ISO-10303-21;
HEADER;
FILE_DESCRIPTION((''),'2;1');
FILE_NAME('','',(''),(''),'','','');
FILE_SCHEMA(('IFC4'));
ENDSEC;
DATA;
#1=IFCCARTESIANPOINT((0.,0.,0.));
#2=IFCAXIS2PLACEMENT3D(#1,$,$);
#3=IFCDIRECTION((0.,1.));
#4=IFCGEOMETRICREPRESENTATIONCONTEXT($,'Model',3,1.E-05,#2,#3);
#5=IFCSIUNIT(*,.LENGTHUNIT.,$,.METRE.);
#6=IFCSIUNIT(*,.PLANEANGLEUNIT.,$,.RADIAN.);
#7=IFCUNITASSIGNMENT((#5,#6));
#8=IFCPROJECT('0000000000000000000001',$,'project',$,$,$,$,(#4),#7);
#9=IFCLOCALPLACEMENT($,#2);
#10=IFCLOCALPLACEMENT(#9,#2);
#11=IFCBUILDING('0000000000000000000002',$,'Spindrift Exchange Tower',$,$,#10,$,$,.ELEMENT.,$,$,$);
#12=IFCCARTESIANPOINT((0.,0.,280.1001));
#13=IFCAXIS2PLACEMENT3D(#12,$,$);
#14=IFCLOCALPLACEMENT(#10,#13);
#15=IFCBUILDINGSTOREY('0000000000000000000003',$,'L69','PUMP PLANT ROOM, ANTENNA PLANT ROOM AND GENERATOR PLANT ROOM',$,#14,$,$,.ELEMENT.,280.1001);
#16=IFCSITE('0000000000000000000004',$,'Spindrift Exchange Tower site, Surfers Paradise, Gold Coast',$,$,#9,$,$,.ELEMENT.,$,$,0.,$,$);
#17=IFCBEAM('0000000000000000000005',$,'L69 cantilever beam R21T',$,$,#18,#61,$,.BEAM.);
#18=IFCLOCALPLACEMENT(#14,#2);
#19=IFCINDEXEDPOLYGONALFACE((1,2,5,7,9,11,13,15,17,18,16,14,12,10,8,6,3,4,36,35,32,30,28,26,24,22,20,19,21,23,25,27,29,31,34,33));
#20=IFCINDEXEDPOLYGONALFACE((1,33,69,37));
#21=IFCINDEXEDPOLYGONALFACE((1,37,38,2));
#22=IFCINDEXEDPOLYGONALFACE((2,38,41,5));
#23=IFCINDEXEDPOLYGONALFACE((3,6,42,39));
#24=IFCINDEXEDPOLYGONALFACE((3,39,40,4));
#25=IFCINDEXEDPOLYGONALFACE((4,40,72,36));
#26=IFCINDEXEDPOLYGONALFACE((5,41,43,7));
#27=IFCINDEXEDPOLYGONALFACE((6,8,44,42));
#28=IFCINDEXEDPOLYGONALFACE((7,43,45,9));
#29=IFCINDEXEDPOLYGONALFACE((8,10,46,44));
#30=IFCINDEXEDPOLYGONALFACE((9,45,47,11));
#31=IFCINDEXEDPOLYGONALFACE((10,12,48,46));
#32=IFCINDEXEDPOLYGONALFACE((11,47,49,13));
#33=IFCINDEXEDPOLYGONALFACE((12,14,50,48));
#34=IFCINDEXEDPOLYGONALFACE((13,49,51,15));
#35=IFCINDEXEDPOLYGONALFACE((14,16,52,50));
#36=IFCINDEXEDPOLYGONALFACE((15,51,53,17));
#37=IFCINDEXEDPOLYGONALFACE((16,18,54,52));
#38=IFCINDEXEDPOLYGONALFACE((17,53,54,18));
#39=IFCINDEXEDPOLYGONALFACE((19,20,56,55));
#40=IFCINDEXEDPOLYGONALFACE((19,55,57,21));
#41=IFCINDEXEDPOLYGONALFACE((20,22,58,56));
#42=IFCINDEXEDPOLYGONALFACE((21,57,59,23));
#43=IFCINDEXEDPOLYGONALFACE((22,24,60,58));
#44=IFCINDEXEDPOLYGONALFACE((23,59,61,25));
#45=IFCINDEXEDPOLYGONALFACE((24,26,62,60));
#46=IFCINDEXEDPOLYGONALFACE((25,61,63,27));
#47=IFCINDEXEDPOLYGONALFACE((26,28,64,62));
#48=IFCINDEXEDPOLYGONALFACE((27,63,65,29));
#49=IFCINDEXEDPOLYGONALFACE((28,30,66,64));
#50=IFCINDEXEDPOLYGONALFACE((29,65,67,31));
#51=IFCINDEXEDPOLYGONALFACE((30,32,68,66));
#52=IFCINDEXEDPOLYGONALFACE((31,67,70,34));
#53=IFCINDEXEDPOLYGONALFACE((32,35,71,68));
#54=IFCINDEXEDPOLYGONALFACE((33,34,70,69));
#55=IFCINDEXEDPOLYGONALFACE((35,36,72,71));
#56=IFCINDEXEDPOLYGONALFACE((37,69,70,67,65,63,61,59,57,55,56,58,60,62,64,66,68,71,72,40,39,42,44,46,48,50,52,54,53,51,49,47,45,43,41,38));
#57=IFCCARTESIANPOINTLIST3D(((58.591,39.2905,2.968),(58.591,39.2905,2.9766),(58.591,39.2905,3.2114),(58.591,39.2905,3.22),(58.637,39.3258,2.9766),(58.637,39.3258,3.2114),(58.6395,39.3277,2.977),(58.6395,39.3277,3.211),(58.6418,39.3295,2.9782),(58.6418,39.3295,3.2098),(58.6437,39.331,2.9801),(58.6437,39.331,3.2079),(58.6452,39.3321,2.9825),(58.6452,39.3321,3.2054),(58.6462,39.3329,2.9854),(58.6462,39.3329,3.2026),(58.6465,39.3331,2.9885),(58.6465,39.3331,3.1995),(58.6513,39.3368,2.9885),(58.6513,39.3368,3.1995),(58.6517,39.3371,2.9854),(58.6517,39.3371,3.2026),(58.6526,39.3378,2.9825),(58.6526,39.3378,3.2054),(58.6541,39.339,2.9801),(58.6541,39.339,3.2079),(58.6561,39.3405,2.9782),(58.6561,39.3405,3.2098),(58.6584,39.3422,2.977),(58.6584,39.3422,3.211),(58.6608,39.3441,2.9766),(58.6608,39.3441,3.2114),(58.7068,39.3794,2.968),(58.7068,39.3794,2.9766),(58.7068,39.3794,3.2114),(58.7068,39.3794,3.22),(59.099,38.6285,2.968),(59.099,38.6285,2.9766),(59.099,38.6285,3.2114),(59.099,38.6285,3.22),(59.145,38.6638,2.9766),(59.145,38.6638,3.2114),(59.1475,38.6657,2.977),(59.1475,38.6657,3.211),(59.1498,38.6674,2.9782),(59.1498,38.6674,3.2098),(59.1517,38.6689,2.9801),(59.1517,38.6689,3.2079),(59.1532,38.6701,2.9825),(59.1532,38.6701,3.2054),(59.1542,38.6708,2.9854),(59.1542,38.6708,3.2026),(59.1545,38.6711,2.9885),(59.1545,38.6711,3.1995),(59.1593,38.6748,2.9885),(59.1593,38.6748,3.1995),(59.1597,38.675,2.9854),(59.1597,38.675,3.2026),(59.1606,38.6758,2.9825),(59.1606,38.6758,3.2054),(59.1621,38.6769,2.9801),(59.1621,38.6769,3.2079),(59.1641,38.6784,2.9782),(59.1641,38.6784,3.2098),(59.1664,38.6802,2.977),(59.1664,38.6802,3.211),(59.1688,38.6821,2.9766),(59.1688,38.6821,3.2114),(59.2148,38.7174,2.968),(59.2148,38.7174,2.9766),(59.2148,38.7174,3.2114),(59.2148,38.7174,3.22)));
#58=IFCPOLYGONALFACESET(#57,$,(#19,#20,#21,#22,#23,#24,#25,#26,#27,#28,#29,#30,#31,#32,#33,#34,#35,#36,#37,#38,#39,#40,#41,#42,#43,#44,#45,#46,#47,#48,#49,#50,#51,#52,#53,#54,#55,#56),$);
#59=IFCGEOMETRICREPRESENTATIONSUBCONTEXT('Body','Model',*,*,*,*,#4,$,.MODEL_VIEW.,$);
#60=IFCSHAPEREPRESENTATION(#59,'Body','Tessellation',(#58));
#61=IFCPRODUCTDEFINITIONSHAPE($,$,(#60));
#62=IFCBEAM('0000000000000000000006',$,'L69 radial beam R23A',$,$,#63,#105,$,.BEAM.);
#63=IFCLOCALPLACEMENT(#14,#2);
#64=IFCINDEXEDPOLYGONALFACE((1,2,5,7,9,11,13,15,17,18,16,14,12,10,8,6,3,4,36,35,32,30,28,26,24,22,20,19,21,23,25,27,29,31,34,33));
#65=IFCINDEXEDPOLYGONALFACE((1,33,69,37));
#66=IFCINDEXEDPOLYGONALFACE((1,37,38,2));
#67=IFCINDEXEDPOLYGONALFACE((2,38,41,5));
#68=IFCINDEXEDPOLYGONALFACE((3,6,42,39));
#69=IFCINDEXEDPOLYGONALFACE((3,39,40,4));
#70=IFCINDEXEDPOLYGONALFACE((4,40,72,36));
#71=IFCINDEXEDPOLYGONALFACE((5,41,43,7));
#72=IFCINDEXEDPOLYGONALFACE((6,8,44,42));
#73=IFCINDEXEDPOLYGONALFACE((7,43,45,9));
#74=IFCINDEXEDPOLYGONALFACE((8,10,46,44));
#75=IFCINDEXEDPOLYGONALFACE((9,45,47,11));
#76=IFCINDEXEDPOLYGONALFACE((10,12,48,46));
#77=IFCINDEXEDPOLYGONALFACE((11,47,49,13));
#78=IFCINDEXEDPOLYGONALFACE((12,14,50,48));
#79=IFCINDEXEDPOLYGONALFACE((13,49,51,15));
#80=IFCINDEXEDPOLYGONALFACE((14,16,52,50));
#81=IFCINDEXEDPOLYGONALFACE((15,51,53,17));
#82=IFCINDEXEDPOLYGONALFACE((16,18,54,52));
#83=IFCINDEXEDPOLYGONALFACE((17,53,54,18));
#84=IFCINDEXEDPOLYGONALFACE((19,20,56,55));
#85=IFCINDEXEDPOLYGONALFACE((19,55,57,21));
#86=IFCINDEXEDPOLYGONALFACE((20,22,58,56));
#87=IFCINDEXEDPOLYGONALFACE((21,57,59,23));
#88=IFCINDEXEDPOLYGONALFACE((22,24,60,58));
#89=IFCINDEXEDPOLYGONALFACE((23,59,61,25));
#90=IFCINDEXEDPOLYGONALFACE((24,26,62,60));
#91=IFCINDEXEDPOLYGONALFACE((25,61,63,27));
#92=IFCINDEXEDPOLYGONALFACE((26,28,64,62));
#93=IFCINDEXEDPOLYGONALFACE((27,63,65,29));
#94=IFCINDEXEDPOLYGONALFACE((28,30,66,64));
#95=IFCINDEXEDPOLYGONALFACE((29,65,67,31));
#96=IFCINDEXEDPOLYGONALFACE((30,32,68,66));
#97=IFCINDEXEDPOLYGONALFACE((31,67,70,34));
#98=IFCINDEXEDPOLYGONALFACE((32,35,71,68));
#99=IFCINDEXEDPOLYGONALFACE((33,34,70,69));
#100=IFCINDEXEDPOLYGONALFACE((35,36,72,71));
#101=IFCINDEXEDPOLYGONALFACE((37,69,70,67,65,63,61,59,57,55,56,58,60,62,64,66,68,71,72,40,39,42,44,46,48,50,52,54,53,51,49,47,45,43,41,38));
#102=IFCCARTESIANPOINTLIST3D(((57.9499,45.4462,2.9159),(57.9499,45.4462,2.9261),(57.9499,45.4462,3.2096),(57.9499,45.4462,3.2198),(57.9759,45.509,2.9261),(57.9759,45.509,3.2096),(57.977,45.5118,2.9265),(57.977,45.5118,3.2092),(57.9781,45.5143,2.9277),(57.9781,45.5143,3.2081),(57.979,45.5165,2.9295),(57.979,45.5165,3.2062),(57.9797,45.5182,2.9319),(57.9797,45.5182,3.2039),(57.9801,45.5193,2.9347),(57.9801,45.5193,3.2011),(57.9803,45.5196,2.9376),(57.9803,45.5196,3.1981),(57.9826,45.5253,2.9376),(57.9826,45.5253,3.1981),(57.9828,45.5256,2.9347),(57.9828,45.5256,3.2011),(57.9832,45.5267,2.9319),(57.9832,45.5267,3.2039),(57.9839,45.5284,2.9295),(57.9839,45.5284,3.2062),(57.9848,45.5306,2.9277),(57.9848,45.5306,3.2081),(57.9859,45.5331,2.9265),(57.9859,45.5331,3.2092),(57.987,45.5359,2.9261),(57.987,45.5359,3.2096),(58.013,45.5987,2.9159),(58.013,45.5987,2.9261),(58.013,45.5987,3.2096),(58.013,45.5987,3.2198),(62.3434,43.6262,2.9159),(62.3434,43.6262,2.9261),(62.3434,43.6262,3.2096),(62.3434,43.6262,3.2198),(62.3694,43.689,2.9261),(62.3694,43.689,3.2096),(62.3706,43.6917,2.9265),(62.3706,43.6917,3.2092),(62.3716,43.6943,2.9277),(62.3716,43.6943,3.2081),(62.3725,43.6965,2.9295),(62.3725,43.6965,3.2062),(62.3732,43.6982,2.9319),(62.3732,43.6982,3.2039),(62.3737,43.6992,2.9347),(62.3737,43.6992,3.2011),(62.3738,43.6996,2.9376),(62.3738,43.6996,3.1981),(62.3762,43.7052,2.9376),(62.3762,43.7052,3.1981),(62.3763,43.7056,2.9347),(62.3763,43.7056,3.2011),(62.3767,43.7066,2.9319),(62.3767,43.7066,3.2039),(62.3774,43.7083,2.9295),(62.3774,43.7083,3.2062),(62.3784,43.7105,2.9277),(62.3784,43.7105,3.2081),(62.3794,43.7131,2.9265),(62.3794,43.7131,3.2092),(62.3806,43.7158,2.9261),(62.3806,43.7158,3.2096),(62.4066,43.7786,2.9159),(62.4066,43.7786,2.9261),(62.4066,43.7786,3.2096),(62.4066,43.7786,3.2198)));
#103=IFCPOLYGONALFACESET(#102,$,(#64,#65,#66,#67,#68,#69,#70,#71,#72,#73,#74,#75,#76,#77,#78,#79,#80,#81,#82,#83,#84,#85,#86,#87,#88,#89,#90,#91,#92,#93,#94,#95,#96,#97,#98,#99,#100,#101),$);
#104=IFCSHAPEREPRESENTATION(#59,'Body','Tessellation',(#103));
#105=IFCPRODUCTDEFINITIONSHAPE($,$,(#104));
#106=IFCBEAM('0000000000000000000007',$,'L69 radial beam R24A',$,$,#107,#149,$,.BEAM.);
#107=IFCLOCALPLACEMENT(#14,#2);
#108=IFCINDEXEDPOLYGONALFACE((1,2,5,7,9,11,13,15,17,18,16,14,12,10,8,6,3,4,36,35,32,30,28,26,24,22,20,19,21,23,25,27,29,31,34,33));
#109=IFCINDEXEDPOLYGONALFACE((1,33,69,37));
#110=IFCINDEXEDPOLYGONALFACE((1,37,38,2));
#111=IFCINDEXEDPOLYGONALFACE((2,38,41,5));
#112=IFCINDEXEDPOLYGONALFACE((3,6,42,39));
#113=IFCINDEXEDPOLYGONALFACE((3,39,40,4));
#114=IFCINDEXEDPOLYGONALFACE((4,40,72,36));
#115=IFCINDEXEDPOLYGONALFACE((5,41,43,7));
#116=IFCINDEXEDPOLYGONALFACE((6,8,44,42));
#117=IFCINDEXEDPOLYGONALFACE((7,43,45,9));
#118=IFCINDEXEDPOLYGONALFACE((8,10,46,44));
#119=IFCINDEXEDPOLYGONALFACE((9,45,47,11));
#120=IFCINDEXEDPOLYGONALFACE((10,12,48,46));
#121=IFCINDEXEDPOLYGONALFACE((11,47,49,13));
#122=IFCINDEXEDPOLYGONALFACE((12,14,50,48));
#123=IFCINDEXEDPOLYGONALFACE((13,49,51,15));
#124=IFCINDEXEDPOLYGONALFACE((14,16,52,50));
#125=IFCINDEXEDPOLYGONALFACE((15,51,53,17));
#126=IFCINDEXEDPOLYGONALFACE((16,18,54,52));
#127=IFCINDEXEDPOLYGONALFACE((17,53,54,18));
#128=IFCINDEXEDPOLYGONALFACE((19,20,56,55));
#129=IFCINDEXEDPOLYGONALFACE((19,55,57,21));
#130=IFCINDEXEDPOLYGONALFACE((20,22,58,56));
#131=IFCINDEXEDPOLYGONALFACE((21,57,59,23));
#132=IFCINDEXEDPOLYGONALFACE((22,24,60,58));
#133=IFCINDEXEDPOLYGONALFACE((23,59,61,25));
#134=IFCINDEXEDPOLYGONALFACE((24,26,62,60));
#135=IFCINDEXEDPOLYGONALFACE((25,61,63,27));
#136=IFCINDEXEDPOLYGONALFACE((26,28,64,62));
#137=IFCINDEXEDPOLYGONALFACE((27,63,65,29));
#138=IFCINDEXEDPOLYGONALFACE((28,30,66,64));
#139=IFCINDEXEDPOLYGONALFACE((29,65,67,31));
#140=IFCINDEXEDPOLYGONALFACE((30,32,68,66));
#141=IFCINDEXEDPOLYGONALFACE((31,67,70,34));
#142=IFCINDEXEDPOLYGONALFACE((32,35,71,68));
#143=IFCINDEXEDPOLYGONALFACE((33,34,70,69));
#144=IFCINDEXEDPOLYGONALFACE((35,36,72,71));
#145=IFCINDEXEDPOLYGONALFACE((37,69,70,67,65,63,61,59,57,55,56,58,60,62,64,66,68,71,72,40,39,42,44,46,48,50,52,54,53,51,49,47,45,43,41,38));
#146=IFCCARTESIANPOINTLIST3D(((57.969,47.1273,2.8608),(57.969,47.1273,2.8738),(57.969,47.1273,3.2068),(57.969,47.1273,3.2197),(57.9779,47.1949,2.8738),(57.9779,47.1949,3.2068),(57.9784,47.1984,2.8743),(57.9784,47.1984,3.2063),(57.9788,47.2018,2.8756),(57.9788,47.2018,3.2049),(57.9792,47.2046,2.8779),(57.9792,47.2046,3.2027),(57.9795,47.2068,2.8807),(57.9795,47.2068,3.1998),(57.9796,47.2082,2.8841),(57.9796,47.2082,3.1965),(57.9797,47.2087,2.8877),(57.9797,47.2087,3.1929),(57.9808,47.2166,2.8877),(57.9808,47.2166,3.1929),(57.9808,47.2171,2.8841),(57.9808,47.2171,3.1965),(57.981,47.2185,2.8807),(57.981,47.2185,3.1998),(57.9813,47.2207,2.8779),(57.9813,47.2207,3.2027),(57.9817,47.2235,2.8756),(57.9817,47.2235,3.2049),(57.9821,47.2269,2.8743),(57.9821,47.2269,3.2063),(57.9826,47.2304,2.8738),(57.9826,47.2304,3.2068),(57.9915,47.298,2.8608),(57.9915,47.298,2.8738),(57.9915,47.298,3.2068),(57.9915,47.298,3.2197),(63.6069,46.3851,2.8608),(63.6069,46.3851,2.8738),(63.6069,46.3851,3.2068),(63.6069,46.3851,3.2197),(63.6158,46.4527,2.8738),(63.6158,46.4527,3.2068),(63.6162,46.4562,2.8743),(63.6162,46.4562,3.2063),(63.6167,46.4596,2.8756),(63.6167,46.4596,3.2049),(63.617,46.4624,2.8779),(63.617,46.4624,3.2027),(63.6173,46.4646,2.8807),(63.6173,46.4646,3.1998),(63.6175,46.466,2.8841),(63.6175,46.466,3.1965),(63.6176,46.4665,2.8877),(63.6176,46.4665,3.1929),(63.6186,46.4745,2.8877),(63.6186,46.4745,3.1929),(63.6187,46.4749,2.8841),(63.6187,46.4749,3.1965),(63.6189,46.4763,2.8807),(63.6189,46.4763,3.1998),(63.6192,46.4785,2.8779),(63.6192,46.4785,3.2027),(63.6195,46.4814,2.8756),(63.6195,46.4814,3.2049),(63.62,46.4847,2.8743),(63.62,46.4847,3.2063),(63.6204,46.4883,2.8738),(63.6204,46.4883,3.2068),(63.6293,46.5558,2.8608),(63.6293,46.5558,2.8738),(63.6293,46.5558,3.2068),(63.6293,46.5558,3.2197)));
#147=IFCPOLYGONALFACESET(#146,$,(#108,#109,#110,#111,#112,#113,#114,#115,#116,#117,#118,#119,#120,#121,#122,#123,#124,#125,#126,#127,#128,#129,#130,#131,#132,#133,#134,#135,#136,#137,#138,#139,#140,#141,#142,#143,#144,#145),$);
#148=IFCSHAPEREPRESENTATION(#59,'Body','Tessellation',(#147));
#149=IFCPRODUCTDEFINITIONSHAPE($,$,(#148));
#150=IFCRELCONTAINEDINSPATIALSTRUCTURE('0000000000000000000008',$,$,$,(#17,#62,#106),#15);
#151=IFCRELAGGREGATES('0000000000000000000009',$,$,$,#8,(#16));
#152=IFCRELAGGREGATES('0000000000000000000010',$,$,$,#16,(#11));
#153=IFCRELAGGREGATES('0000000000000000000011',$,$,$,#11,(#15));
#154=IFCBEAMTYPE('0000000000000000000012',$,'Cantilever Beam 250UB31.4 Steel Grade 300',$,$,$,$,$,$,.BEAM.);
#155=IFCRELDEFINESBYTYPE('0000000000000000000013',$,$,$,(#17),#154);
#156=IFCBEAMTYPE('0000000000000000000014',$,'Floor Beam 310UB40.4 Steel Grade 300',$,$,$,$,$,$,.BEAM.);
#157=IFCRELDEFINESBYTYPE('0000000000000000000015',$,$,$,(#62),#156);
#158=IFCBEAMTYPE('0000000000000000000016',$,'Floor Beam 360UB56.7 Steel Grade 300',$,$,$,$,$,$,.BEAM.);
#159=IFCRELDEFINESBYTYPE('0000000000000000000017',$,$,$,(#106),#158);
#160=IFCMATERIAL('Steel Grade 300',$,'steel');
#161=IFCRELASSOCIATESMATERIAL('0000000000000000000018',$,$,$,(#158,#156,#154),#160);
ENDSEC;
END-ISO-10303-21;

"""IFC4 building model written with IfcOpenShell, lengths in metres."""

from ifc_helpers import new_model, si_unit, direction, frame, origin, origin_2d, place, context, subcontext, project, spatial, i_section, extrude, source, transform, mapped, material, material_profile, profile_set, type_object, element, save


model = new_model("IFC4")

# Units and contexts
model_context = context("Model", 3, precision=1e-05, world=origin(), true_north=direction((0.0, 1.0)))
body_context = subcontext(model_context, "Body", "Model", "MODEL_VIEW")
ifc_project = project(units=[si_unit("LENGTHUNIT", "METRE"), si_unit("PLANEANGLEUNIT", "RADIAN")], contexts=[model_context])

# Site, building, storey
site_placement = place(None, origin())
site = spatial("IfcSite", under=ifc_project, at=site_placement, Name="Spindrift Exchange Tower site, Surfers Paradise, Gold Coast", CompositionType="ELEMENT", RefElevation=0.0)
building_placement = place(site_placement, origin())
building = spatial("IfcBuilding", under=site, at=building_placement, Name="Spindrift Exchange Tower", CompositionType="ELEMENT")
storey_placement = place(building_placement, frame((0.0, 0.0, 280.1001)))
storey = spatial("IfcBuildingStorey", under=building, at=storey_placement, Name="L69", Description="PUMP PLANT ROOM, ANTENNA PLANT ROOM AND GENERATOR PLANT ROOM", CompositionType="ELEMENT", Elevation=280.1001)

# Beams
ifc_material_1 = material(Name="Steel Grade 300", Category="steel")
ifc_material_profile_1 = material_profile(ifc_material_1, i_section(OverallWidth=0.1721, OverallDepth=0.3589, WebThickness=0.0081, FlangeThickness=0.0129, FilletRadius=0.0139, at=origin_2d()), Name="360UB56.7")
ifc_profile_set_1 = profile_set([ifc_material_profile_1], Name="Steel Grade 300")
beam_type_1 = type_object("IfcBeamType", Name="Floor Beam 360UB56.7 Steel Grade 300", PredefinedType="BEAM", material=ifc_profile_set_1)
ifc_material_profile_2 = material_profile(ifc_material_1, i_section(OverallWidth=0.165, OverallDepth=0.304, WebThickness=0.0061, FlangeThickness=0.0103, FilletRadius=0.0115, at=origin_2d()), Name="310UB40.4")
ifc_profile_set_2 = profile_set([ifc_material_profile_2], Name="Steel Grade 300")
beam_type_2 = type_object("IfcBeamType", Name="Floor Beam 310UB40.4 Steel Grade 300", PredefinedType="BEAM", material=ifc_profile_set_2)
ifc_material_profile_3 = material_profile(ifc_material_1, i_section(OverallWidth=0.146, OverallDepth=0.252, WebThickness=0.0061, FlangeThickness=0.0085, FilletRadius=0.012, at=origin_2d()), Name="250UB31.4")
ifc_profile_set_3 = profile_set([ifc_material_profile_3], Name="Steel Grade 300")
beam_type_3 = type_object("IfcBeamType", Name="Cantilever Beam 250UB31.4 Steel Grade 300", PredefinedType="BEAM", material=ifc_profile_set_3)
shared_shape_1 = source(origin(), body_context, "Body", "SweptSolid", [
    extrude(i_section(OverallWidth=0.146, OverallDepth=0.252, WebThickness=0.0061, FlangeThickness=0.0085, FilletRadius=0.012, at=origin_2d()), origin(), (0.0, 0.0, 1.0), 0.8345),
])
beam_1_placement = place(storey_placement, frame((58.6489, 39.335, 3.094), z_axis=(0.608763, -0.793352, 0.0), x_axis=(0.793352, 0.608763, 0.0)))
element("IfcBeam", 1, at=beam_1_placement, inside=storey, type_object=beam_type_3, Name="L69 cantilever beam R21T", PredefinedType="BEAM", context=body_context, shape_type="MappedRepresentation", body=[
    mapped(shared_shape_1, transform((0.0, 0.0, 0.0), scale=1.0)),
])
shared_shape_2 = source(origin(), body_context, "Body", "SweptSolid", [
    extrude(i_section(OverallWidth=0.165, OverallDepth=0.304, WebThickness=0.0061, FlangeThickness=0.0103, FilletRadius=0.0115, at=origin_2d()), origin(), (0.0, 0.0, 1.0), 4.7556),
])
beam_2_placement = place(storey_placement, frame((57.9814, 45.5225, 3.0679), z_axis=(0.923865, -0.382719, 0.0), x_axis=(0.382719, 0.923865, 0.0)))
element("IfcBeam", 2, at=beam_2_placement, inside=storey, type_object=beam_type_2, Name="L69 radial beam R23A", PredefinedType="BEAM", context=body_context, shape_type="MappedRepresentation", body=[
    mapped(shared_shape_2, transform((0.0, 0.0, 0.0), scale=1.0)),
])
shared_shape_3 = source(origin(), body_context, "Body", "SweptSolid", [
    extrude(i_section(OverallWidth=0.1721, OverallDepth=0.3589, WebThickness=0.0081, FlangeThickness=0.0129, FilletRadius=0.0139, at=origin_2d()), origin(), (0.0, 0.0, 1.0), 5.6865),
])
beam_3_placement = place(storey_placement, frame((57.9802, 47.2126, 3.0403), z_axis=(0.991446, -0.130516, 0.0), x_axis=(0.130516, 0.991446, 0.0)))
element("IfcBeam", 3, at=beam_3_placement, inside=storey, type_object=beam_type_1, Name="L69 radial beam R24A", PredefinedType="BEAM", context=body_context, shape_type="MappedRepresentation", body=[
    mapped(shared_shape_3, transform((0.0, 0.0, 0.0), scale=1.0)),
])

save(model, "model.ifc")
